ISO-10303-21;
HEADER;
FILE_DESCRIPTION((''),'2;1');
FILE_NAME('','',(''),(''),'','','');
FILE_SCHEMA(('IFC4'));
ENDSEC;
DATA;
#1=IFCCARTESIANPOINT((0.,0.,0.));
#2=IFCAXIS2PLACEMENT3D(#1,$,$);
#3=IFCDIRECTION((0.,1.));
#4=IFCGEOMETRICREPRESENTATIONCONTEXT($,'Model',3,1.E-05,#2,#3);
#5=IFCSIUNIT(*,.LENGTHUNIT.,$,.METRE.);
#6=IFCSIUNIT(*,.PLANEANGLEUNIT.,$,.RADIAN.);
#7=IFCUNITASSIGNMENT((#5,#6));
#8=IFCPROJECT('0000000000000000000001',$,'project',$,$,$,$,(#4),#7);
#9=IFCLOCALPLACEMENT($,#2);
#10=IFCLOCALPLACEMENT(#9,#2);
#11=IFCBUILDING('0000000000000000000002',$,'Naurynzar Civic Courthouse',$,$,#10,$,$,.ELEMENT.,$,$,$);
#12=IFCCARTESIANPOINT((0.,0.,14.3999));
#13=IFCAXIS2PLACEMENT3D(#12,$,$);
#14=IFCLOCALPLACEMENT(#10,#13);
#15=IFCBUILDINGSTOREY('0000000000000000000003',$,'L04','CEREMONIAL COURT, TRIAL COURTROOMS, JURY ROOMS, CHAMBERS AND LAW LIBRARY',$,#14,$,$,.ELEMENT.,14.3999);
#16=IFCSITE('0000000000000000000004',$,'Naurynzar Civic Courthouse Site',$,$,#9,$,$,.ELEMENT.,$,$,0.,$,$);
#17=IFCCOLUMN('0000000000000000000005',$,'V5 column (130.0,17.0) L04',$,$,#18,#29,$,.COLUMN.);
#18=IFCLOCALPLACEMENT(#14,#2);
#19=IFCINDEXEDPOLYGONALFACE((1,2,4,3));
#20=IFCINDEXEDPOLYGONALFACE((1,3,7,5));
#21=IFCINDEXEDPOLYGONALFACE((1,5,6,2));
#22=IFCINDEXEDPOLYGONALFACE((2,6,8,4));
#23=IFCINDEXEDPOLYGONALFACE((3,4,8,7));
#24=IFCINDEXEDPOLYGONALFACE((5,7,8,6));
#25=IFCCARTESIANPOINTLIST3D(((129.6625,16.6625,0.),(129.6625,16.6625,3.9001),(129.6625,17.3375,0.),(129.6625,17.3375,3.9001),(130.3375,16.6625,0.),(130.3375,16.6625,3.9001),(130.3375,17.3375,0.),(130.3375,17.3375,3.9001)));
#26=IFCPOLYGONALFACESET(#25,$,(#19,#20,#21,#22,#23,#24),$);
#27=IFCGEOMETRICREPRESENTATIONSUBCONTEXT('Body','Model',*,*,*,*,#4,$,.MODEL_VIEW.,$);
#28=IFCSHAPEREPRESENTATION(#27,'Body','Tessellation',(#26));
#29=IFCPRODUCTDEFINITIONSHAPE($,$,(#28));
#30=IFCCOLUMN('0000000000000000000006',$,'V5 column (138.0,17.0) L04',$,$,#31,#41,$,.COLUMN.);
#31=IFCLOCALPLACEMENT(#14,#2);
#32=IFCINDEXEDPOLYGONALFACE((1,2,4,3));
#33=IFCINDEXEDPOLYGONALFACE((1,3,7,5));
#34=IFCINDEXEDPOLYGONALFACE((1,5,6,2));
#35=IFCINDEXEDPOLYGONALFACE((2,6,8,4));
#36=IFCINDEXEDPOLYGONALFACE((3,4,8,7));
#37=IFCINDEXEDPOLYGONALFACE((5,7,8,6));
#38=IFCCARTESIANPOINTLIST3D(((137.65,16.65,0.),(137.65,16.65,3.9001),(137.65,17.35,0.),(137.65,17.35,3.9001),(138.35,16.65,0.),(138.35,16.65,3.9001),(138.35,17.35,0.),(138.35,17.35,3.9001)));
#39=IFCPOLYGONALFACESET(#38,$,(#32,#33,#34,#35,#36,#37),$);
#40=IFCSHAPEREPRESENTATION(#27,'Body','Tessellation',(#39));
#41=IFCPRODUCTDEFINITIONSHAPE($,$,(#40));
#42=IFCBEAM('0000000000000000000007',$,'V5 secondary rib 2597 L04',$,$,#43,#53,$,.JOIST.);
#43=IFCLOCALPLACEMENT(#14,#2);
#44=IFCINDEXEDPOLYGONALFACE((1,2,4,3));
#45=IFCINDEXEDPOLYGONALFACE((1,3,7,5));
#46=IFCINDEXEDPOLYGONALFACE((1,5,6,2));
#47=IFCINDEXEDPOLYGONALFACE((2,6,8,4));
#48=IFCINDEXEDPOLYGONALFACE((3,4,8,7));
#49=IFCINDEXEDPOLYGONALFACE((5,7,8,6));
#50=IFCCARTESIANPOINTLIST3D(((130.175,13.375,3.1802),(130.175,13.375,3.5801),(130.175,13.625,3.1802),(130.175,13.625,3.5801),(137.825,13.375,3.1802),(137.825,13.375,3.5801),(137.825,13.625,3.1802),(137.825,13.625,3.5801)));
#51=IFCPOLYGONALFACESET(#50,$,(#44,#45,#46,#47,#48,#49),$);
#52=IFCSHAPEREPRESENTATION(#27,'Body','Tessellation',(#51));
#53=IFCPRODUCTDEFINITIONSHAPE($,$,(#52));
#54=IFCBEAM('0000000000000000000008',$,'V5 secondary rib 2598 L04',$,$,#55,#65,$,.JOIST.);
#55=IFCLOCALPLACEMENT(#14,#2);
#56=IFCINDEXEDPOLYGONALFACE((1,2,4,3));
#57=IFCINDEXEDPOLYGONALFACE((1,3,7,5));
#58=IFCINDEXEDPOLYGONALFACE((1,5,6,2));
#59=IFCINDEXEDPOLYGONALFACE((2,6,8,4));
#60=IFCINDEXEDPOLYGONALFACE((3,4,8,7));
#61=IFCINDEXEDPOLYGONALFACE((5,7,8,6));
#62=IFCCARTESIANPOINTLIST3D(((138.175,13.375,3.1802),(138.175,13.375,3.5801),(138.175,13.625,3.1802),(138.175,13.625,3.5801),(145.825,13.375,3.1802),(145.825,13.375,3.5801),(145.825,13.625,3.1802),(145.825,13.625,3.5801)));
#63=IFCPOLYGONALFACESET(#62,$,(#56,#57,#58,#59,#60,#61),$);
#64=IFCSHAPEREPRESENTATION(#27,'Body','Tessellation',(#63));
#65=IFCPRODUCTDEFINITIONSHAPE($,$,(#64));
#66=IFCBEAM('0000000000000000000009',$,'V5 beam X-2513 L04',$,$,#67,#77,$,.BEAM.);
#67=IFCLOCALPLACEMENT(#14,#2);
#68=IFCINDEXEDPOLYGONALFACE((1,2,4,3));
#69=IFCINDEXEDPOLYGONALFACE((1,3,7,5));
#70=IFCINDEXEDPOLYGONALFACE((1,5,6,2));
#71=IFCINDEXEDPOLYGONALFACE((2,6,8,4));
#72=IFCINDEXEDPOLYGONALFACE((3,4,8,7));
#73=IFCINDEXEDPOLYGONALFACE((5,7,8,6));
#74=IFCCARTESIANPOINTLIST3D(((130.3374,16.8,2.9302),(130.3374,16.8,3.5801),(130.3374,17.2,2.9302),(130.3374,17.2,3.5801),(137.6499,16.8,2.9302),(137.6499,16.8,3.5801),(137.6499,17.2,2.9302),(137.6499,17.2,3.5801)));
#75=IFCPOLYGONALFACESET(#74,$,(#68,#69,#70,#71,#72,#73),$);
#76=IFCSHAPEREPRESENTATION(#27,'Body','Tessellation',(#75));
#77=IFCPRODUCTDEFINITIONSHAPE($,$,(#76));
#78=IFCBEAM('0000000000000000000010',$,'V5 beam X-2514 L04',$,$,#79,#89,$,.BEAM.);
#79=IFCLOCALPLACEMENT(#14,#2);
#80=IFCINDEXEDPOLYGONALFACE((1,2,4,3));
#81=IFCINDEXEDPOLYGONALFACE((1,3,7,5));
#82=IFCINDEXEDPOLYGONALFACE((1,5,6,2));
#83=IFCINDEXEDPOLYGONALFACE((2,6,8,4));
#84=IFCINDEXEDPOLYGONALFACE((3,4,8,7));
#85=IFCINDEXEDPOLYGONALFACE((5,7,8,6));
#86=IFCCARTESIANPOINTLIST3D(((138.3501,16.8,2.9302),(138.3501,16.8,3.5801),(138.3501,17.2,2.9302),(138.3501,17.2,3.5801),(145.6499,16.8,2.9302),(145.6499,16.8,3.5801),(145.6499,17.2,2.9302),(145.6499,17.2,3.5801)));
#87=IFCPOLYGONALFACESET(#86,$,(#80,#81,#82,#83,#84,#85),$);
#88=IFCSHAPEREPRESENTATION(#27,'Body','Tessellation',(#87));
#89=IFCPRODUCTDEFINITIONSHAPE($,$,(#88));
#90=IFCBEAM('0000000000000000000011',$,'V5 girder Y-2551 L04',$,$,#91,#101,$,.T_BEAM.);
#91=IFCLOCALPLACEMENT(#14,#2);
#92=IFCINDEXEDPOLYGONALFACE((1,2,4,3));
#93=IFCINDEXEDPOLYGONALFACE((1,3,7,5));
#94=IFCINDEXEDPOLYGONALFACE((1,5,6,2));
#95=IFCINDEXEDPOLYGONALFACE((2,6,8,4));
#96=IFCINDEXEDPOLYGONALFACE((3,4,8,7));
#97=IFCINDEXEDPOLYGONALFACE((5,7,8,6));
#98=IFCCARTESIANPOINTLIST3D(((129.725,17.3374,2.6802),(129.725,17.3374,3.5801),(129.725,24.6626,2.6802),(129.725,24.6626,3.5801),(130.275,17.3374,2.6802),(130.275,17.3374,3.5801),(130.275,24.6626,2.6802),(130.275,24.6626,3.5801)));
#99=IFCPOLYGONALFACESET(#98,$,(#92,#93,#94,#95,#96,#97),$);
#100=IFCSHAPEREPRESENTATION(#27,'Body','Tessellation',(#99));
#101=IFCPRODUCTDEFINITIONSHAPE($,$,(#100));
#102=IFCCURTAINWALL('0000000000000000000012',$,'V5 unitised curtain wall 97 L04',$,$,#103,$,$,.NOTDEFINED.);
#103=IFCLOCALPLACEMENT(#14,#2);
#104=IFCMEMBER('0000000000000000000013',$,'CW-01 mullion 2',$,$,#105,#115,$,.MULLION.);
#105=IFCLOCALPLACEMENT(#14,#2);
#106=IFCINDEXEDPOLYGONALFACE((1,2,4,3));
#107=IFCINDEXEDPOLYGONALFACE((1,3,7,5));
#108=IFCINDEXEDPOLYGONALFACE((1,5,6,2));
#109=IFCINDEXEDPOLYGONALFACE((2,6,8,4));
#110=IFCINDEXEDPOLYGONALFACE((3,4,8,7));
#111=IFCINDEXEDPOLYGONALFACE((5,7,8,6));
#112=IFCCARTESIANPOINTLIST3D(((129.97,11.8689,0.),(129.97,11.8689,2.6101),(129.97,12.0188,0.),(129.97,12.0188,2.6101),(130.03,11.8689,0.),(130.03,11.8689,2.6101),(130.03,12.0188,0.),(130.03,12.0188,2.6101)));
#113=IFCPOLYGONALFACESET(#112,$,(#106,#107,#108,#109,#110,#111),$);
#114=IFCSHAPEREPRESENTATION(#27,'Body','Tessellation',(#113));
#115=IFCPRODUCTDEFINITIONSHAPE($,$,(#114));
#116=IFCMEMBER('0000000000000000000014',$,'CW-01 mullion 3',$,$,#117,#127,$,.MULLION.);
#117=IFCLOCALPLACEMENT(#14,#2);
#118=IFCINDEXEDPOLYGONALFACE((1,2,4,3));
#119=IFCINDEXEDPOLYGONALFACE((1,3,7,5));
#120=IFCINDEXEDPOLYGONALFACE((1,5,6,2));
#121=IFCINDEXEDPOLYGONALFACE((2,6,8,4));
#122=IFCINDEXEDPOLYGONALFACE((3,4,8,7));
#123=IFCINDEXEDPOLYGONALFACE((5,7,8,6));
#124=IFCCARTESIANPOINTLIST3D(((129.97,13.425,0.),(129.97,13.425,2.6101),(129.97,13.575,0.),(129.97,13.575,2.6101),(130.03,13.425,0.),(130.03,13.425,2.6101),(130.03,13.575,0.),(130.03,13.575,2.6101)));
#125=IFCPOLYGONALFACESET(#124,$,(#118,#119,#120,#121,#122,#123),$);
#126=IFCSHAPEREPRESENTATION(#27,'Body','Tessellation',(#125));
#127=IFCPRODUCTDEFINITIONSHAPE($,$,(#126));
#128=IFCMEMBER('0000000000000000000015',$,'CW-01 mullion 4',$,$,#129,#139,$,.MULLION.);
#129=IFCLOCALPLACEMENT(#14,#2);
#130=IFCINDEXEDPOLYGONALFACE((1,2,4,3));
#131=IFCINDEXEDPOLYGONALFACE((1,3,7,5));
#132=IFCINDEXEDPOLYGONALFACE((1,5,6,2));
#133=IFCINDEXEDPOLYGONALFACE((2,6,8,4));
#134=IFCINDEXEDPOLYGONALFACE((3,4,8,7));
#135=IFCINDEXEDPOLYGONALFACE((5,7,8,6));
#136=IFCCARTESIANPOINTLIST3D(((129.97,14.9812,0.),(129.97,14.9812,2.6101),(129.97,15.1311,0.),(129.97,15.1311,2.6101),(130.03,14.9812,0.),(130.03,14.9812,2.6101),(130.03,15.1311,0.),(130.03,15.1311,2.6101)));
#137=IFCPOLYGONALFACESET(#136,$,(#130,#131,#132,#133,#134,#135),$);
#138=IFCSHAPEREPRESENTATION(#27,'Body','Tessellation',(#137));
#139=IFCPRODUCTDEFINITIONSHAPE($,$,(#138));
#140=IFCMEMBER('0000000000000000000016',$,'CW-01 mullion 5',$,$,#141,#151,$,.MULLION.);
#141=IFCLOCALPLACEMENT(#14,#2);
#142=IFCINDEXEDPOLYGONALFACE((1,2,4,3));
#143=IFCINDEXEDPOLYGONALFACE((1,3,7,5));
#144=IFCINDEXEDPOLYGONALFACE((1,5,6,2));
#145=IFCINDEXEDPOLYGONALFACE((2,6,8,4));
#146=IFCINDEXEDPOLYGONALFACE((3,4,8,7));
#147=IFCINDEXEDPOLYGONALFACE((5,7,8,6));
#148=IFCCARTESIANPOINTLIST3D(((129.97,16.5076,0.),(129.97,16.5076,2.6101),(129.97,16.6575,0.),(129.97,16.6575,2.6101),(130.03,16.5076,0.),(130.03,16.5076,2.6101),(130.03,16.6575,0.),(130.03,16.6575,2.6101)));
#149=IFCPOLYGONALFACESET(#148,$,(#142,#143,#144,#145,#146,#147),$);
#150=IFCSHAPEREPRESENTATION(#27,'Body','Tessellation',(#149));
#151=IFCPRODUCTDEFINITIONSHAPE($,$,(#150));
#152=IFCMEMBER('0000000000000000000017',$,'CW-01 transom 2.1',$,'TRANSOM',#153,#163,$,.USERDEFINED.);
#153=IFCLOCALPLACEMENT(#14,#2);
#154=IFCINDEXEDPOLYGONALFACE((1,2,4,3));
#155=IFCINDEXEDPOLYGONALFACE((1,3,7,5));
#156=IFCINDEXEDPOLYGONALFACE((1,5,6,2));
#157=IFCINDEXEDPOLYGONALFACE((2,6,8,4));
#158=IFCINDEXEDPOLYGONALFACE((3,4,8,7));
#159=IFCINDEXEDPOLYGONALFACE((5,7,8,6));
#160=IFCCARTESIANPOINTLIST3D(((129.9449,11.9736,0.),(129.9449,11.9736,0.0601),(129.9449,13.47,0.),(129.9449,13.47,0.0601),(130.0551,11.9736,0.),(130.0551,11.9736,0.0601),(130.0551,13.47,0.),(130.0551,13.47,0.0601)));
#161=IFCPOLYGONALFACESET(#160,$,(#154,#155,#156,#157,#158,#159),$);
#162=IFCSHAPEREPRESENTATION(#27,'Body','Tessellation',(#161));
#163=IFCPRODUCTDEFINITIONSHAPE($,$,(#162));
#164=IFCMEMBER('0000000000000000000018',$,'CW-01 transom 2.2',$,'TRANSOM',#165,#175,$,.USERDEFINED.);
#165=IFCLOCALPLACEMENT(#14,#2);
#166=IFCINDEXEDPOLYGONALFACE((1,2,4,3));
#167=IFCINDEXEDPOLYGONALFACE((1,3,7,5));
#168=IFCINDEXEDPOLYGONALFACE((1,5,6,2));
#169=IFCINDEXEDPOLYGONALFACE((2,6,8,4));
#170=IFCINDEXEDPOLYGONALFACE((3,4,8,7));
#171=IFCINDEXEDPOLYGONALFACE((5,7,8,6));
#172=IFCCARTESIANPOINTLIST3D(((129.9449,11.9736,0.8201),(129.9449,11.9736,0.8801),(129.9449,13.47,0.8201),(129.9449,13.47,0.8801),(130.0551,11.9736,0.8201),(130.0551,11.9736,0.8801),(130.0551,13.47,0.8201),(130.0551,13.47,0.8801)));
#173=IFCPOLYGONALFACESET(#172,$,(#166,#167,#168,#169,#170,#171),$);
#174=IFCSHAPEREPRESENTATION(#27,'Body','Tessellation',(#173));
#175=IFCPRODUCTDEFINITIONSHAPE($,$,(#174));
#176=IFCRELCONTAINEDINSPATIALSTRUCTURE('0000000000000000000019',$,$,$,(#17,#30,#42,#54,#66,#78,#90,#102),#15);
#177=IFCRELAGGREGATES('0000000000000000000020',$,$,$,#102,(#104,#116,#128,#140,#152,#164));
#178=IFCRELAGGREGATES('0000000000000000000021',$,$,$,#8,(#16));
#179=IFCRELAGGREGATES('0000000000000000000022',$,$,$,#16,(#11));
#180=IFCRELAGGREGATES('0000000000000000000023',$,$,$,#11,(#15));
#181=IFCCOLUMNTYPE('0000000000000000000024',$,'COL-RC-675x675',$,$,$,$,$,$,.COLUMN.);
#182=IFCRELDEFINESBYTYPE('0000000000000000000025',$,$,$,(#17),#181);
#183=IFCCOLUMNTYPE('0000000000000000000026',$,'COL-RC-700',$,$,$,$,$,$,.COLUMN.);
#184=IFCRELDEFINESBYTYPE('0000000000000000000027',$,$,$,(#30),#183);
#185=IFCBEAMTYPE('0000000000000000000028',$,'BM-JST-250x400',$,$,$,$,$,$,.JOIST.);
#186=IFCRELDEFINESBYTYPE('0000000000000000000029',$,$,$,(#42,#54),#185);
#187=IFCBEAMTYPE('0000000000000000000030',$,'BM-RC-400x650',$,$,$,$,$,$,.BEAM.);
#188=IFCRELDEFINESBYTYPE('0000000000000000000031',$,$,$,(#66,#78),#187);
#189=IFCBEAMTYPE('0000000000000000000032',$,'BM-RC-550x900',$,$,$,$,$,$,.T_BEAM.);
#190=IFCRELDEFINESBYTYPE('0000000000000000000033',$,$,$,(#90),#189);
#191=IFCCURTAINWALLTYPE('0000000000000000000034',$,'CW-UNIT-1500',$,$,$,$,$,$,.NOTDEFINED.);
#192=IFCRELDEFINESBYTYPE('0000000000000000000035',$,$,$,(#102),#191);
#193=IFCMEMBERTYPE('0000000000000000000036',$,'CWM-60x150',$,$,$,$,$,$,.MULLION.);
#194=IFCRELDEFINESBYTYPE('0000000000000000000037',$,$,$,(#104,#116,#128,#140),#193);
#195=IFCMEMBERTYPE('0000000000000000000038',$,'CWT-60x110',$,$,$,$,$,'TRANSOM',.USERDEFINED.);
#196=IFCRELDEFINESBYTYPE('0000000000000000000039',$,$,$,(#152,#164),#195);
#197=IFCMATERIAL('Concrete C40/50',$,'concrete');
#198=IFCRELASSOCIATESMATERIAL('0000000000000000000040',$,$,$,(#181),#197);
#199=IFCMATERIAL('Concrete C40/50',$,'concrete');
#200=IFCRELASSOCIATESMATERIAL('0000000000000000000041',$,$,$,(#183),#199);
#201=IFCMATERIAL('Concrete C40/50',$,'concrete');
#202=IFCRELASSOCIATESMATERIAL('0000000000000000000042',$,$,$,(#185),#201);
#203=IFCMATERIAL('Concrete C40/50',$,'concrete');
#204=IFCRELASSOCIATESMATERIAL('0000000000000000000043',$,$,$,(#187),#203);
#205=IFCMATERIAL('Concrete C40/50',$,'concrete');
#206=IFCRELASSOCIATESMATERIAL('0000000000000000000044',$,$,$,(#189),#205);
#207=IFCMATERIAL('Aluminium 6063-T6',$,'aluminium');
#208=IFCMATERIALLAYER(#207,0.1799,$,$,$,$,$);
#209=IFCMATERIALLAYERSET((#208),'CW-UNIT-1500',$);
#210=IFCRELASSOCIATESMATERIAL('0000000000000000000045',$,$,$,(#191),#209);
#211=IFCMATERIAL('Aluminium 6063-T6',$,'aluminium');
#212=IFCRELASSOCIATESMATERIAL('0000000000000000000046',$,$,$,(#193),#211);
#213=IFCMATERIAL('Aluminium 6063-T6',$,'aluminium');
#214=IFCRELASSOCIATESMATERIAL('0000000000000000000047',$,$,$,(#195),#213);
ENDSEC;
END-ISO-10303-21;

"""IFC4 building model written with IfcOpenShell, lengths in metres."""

from ifc_helpers import new_model, si_unit, direction, frame, origin, origin_2d, place, context, subcontext, project, spatial, rectangle, extrude, material, layer, layer_set, material_profile, profile_set, type_object, element, aggregate, save


model = new_model("IFC4")

# Units and contexts
model_context = context("Model", 3, precision=1e-05, world=origin(), true_north=direction((0.0, 1.0)))
body_context = subcontext(model_context, "Body", "Model", "MODEL_VIEW")
ifc_project = project(units=[si_unit("LENGTHUNIT", "METRE"), si_unit("PLANEANGLEUNIT", "RADIAN")], contexts=[model_context])

# Site, building, storey
site_placement = place(None, origin())
site = spatial("IfcSite", under=ifc_project, at=site_placement, Name="Naurynzar Civic Courthouse Site", CompositionType="ELEMENT", RefElevation=0.0)
building_placement = place(site_placement, origin())
building = spatial("IfcBuilding", under=site, at=building_placement, Name="Naurynzar Civic Courthouse", CompositionType="ELEMENT")
storey_placement = place(building_placement, frame((0.0, 0.0, 14.3999)))
storey = spatial("IfcBuildingStorey", under=building, at=storey_placement, Name="L04", Description="CEREMONIAL COURT, TRIAL COURTROOMS, JURY ROOMS, CHAMBERS AND LAW LIBRARY", CompositionType="ELEMENT", Elevation=14.3999)

# Columns
ifc_material_1 = material(Name="Concrete C40/50", Category="concrete")
ifc_material_profile_1 = material_profile(ifc_material_1, rectangle(XDim=0.675, YDim=0.675, at=origin_2d()), Name="RC 675x675")
ifc_profile_set_1 = profile_set([ifc_material_profile_1], Name="Concrete C40/50")
column_type_1 = type_object("IfcColumnType", Name="COL-RC-675x675", PredefinedType="COLUMN", material=ifc_profile_set_1)
column_1_placement = place(storey_placement, frame((130.0, 17.0, 0.0), z_axis=(0.0, 0.0, 1.0), x_axis=(1.0, 0.0, 0.0)))
element("IfcColumn", 1, at=column_1_placement, inside=storey, type_object=column_type_1, Name="V5 column (130.0,17.0) L04", PredefinedType="COLUMN", context=body_context, shape_type="SweptSolid", body=[
    extrude(rectangle(XDim=0.675, YDim=0.675, at=origin_2d()), origin(), (0.0, 0.0, 1.0), 3.9001),
])
ifc_material_2 = material(Name="Concrete C40/50", Category="concrete")
ifc_material_profile_2 = material_profile(ifc_material_2, rectangle(XDim=0.7, YDim=0.7, at=origin_2d()), Name="RC 700x700")
ifc_profile_set_2 = profile_set([ifc_material_profile_2], Name="Concrete C40/50")
column_type_2 = type_object("IfcColumnType", Name="COL-RC-700", PredefinedType="COLUMN", material=ifc_profile_set_2)
column_2_placement = place(storey_placement, frame((138.0, 17.0, 0.0), z_axis=(0.0, 0.0, 1.0), x_axis=(1.0, 0.0, 0.0)))
element("IfcColumn", 2, at=column_2_placement, inside=storey, type_object=column_type_2, Name="V5 column (138.0,17.0) L04", PredefinedType="COLUMN", context=body_context, shape_type="SweptSolid", body=[
    extrude(rectangle(XDim=0.7, YDim=0.7, at=origin_2d()), origin(), (0.0, 0.0, 1.0), 3.9001),
])

# Beams
ifc_material_3 = material(Name="Concrete C40/50", Category="concrete")
ifc_material_profile_3 = material_profile(ifc_material_3, rectangle(XDim=0.25, YDim=0.3999, at=origin_2d()), Name="RCB 250x400")
ifc_profile_set_3 = profile_set([ifc_material_profile_3], Name="Concrete C40/50")
beam_type_1 = type_object("IfcBeamType", Name="BM-JST-250x400", PredefinedType="JOIST", material=ifc_profile_set_3)
for number, where, z_axis, x_axis, name in (
    (3, (130.175, 13.5, 3.3801), (1.0, 0.0, 0.0), (0.0, 1.0, 0.0), "V5 secondary rib 2597 L04"),
    (4, (138.175, 13.5, 3.3801), (1.0, 0.0, 0.0), (0.0, 1.0, 0.0), "V5 secondary rib 2598 L04"),
):
    element("IfcBeam", number, at=place(storey_placement, frame(where, z_axis=z_axis, x_axis=x_axis)), inside=storey, type_object=beam_type_1, Name=name, PredefinedType="JOIST", context=body_context, shape_type="SweptSolid", body=[
        extrude(rectangle(XDim=0.25, YDim=0.3999, at=origin_2d()), origin(), (0.0, 0.0, 1.0), 7.6499),
    ])
ifc_material_4 = material(Name="Concrete C40/50", Category="concrete")
ifc_material_profile_4 = material_profile(ifc_material_4, rectangle(XDim=0.3999, YDim=0.6499, at=origin_2d()), Name="RCB 400x650")
ifc_profile_set_4 = profile_set([ifc_material_profile_4], Name="Concrete C40/50")
beam_type_2 = type_object("IfcBeamType", Name="BM-RC-400x650", PredefinedType="BEAM", material=ifc_profile_set_4)
beam_1_placement = place(storey_placement, frame((130.3374, 17.0, 3.2551), z_axis=(1.0, 0.0, 0.0), x_axis=(0.0, 1.0, 0.0)))
element("IfcBeam", 5, at=beam_1_placement, inside=storey, type_object=beam_type_2, Name="V5 beam X-2513 L04", PredefinedType="BEAM", context=body_context, shape_type="SweptSolid", body=[
    extrude(rectangle(XDim=0.3999, YDim=0.6499, at=origin_2d()), origin(), (0.0, 0.0, 1.0), 7.3125),
])
beam_2_placement = place(storey_placement, frame((138.3501, 17.0, 3.2551), z_axis=(1.0, 0.0, 0.0), x_axis=(0.0, 1.0, 0.0)))
element("IfcBeam", 6, at=beam_2_placement, inside=storey, type_object=beam_type_2, Name="V5 beam X-2514 L04", PredefinedType="BEAM", context=body_context, shape_type="SweptSolid", body=[
    extrude(rectangle(XDim=0.3999, YDim=0.6499, at=origin_2d()), origin(), (0.0, 0.0, 1.0), 7.2998),
])
ifc_material_5 = material(Name="Concrete C40/50", Category="concrete")
ifc_material_profile_5 = material_profile(ifc_material_5, rectangle(XDim=0.55, YDim=0.8999, at=origin_2d()), Name="RCB 550x900")
ifc_profile_set_5 = profile_set([ifc_material_profile_5], Name="Concrete C40/50")
beam_type_3 = type_object("IfcBeamType", Name="BM-RC-550x900", PredefinedType="T_BEAM", material=ifc_profile_set_5)
beam_3_placement = place(storey_placement, frame((130.0, 17.3374, 3.1301), z_axis=(0.0, 1.0, 0.0), x_axis=(-1.0, 0.0, 0.0)))
element("IfcBeam", 7, at=beam_3_placement, inside=storey, type_object=beam_type_3, Name="V5 girder Y-2551 L04", PredefinedType="T_BEAM", context=body_context, shape_type="SweptSolid", body=[
    extrude(rectangle(XDim=0.55, YDim=0.8999, at=origin_2d()), origin(), (0.0, 0.0, 1.0), 7.3252),
])

# Curtain wall, members
ifc_material_6 = material(Name="Aluminium 6063-T6", Category="aluminium")
ifc_layer_1 = layer(ifc_material_6, 0.1799)
ifc_layer_set_1 = layer_set([ifc_layer_1], Name="CW-UNIT-1500")
curtain_wall_type = type_object("IfcCurtainWallType", Name="CW-UNIT-1500", PredefinedType="NOTDEFINED", material=ifc_layer_set_1)
curtain_wall_placement = place(storey_placement, origin())
curtain_wall = element("IfcCurtainWall", 8, at=curtain_wall_placement, inside=storey, type_object=curtain_wall_type, Name="V5 unitised curtain wall 97 L04", PredefinedType="NOTDEFINED")
ifc_material_7 = material(Name="Aluminium 6063-T6", Category="aluminium")
ifc_material_profile_6 = material_profile(ifc_material_7, rectangle(XDim=0.0601, YDim=0.1499, at=origin_2d()), Name="ALU MULLION 60x150")
ifc_profile_set_6 = profile_set([ifc_material_profile_6], Name="Aluminium 6063-T6")
member_type_1 = type_object("IfcMemberType", Name="CWM-60x150", PredefinedType="MULLION", material=ifc_profile_set_6)
member_1_placement = place(storey_placement, frame((130.0, 11.9438, 0.0), z_axis=(0.0, 0.0, 1.0), x_axis=(-1.0, 0.0, 0.0)))
member_1 = element("IfcMember", 9, at=member_1_placement, type_object=member_type_1, Name="CW-01 mullion 2", PredefinedType="MULLION", context=body_context, shape_type="SweptSolid", body=[
    extrude(rectangle(XDim=0.0601, YDim=0.1499, at=origin_2d()), origin(), (0.0, 0.0, 1.0), 2.6101),
])
member_2_placement = place(storey_placement, frame((130.0, 13.5, 0.0), z_axis=(0.0, 0.0, 1.0), x_axis=(-1.0, 0.0, 0.0)))
member_2 = element("IfcMember", 10, at=member_2_placement, type_object=member_type_1, Name="CW-01 mullion 3", PredefinedType="MULLION", context=body_context, shape_type="SweptSolid", body=[
    extrude(rectangle(XDim=0.0601, YDim=0.1499, at=origin_2d()), origin(), (0.0, 0.0, 1.0), 2.6101),
])
member_3_placement = place(storey_placement, frame((130.0, 15.0562, 0.0), z_axis=(0.0, 0.0, 1.0), x_axis=(-1.0, 0.0, 0.0)))
member_3 = element("IfcMember", 11, at=member_3_placement, type_object=member_type_1, Name="CW-01 mullion 4", PredefinedType="MULLION", context=body_context, shape_type="SweptSolid", body=[
    extrude(rectangle(XDim=0.0601, YDim=0.1499, at=origin_2d()), origin(), (0.0, 0.0, 1.0), 2.6101),
])
member_4_placement = place(storey_placement, frame((130.0, 16.5825, 0.0), z_axis=(0.0, 0.0, 1.0), x_axis=(-1.0, 0.0, 0.0)))
member_4 = element("IfcMember", 12, at=member_4_placement, type_object=member_type_1, Name="CW-01 mullion 5", PredefinedType="MULLION", context=body_context, shape_type="SweptSolid", body=[
    extrude(rectangle(XDim=0.0601, YDim=0.1499, at=origin_2d()), origin(), (0.0, 0.0, 1.0), 2.6101),
])
ifc_material_8 = material(Name="Aluminium 6063-T6", Category="aluminium")
ifc_material_profile_7 = material_profile(ifc_material_8, rectangle(XDim=0.1101, YDim=0.0601, at=origin_2d()), Name="ALU TRANSOM 60x110")
ifc_profile_set_7 = profile_set([ifc_material_profile_7], Name="Aluminium 6063-T6")
member_type_2 = type_object("IfcMemberType", Name="CWT-60x110", ElementType="TRANSOM", PredefinedType="USERDEFINED", material=ifc_profile_set_7)
member_5_placement = place(storey_placement, frame((130.0, 11.9736, 0.03), z_axis=(0.0, 1.0, 0.0), x_axis=(-1.0, 0.0, 0.0)))
member_5 = element("IfcMember", 13, at=member_5_placement, type_object=member_type_2, Name="CW-01 transom 2.1", ObjectType="TRANSOM", PredefinedType="USERDEFINED", context=body_context, shape_type="SweptSolid", body=[
    extrude(rectangle(XDim=0.1101, YDim=0.0601, at=origin_2d()), origin(), (0.0, 0.0, 1.0), 1.4963),
])
member_6_placement = place(storey_placement, frame((130.0, 11.9736, 0.8501), z_axis=(0.0, 1.0, 0.0), x_axis=(-1.0, 0.0, 0.0)))
member_6 = element("IfcMember", 14, at=member_6_placement, type_object=member_type_2, Name="CW-01 transom 2.2", ObjectType="TRANSOM", PredefinedType="USERDEFINED", context=body_context, shape_type="SweptSolid", body=[
    extrude(rectangle(XDim=0.1101, YDim=0.0601, at=origin_2d()), origin(), (0.0, 0.0, 1.0), 1.4963),
])
aggregate(curtain_wall, [member_1, member_2, member_3, member_4, member_5, member_6])

save(model, "model.ifc")
